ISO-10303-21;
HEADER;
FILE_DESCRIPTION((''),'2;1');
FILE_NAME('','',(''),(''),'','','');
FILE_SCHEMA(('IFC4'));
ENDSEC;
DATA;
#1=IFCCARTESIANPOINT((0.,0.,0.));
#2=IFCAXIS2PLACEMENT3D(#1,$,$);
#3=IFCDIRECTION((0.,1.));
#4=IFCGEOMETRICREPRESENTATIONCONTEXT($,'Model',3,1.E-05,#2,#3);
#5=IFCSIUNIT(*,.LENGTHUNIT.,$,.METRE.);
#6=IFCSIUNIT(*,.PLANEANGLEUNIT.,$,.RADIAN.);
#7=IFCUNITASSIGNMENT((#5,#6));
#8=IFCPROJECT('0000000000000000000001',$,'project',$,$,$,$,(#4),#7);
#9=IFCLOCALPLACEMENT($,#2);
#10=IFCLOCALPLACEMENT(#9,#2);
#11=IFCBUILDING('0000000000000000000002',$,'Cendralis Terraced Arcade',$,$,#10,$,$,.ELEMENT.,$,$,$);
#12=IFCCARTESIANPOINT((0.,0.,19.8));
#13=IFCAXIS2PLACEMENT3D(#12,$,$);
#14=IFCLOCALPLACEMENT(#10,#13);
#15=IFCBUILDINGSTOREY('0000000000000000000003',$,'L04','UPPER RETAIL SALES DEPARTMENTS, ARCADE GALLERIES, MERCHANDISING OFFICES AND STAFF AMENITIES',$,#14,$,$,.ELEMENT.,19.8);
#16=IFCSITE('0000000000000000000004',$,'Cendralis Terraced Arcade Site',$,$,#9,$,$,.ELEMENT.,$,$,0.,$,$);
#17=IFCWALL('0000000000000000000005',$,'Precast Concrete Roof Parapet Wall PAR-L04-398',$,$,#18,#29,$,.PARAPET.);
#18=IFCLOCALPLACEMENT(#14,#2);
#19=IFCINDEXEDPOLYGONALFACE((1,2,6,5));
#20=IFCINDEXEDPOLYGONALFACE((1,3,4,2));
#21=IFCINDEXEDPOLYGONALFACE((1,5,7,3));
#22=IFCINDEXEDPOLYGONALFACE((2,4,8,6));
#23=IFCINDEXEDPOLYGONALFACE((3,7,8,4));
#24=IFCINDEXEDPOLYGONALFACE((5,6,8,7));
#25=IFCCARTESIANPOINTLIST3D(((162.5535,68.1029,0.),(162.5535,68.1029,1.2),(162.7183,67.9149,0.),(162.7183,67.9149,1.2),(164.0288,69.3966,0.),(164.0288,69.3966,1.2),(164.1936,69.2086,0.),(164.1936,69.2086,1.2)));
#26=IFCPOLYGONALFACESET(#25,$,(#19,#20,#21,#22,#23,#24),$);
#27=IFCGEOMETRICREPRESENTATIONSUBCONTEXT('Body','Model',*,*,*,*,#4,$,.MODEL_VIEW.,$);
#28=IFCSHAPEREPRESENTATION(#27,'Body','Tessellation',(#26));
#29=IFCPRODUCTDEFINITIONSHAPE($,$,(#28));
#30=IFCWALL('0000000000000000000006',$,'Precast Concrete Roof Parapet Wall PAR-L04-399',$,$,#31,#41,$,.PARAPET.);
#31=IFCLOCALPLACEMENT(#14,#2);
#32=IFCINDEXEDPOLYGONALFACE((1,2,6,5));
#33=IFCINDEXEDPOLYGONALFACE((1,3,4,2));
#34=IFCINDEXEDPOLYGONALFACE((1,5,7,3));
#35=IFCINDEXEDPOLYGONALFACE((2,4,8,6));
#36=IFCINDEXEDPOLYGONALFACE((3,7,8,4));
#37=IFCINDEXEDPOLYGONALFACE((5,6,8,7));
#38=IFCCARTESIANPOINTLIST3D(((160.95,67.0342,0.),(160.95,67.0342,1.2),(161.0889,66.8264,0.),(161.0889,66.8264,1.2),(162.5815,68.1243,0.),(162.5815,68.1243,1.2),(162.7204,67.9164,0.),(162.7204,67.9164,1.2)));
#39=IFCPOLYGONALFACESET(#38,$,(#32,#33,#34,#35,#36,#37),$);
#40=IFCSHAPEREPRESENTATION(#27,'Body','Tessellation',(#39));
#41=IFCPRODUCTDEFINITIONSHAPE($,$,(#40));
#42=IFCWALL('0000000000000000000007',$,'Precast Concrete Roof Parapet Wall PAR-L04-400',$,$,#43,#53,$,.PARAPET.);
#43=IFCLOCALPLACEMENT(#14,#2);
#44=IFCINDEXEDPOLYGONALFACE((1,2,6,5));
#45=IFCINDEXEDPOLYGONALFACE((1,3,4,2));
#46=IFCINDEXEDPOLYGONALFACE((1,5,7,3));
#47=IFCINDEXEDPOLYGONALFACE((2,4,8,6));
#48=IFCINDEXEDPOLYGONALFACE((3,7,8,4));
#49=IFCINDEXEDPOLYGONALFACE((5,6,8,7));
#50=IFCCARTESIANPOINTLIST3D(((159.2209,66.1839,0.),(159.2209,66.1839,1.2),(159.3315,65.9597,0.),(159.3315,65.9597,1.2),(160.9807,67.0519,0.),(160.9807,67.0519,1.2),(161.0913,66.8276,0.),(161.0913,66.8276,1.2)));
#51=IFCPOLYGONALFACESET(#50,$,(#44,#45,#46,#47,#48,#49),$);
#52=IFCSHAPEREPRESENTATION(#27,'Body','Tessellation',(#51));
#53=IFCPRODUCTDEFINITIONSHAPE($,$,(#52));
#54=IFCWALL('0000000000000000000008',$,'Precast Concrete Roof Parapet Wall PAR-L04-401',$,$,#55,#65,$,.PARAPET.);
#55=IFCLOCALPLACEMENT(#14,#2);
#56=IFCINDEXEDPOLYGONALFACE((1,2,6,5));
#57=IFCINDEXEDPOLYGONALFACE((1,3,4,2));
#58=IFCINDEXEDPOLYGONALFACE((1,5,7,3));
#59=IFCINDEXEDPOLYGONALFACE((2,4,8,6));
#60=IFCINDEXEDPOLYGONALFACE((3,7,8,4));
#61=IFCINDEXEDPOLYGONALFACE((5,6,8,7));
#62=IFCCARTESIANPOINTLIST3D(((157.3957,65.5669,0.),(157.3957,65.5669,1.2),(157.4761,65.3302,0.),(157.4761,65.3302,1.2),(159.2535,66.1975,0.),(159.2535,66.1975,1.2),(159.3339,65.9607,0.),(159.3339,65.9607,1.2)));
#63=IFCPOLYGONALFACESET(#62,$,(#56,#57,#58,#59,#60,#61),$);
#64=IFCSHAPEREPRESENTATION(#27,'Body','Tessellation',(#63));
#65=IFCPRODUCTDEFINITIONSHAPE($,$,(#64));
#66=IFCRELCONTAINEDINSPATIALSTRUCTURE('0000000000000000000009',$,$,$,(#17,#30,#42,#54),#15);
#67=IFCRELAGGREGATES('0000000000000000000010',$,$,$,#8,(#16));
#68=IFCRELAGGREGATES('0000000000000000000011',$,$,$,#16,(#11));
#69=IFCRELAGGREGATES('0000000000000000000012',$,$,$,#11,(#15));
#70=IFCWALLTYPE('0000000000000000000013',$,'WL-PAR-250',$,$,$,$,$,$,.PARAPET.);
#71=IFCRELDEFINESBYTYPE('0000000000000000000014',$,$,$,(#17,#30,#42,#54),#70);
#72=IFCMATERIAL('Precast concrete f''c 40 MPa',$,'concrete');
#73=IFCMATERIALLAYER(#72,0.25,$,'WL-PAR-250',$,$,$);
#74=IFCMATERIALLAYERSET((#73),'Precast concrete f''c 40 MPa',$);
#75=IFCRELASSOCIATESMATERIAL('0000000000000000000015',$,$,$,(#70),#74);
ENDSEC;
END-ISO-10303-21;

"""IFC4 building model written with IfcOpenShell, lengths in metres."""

from ifc_helpers import new_model, si_unit, direction, frame, frame_2d, origin, place, context, subcontext, project, spatial, rectangle, extrude, material, layer, layer_set, type_object, element, save


model = new_model("IFC4")

# Units and contexts
model_context = context("Model", 3, precision=1e-05, world=origin(), true_north=direction((0.0, 1.0)))
body_context = subcontext(model_context, "Body", "Model", "MODEL_VIEW")
ifc_project = project(units=[si_unit("LENGTHUNIT", "METRE"), si_unit("PLANEANGLEUNIT", "RADIAN")], contexts=[model_context])

# Site, building, storey
site_placement = place(None, origin())
site = spatial("IfcSite", under=ifc_project, at=site_placement, Name="Cendralis Terraced Arcade Site", CompositionType="ELEMENT", RefElevation=0.0)
building_placement = place(site_placement, origin())
building = spatial("IfcBuilding", under=site, at=building_placement, Name="Cendralis Terraced Arcade", CompositionType="ELEMENT")
storey_placement = place(building_placement, frame((0.0, 0.0, 19.8)))
storey = spatial("IfcBuildingStorey", under=building, at=storey_placement, Name="L04", Description="UPPER RETAIL SALES DEPARTMENTS, ARCADE GALLERIES, MERCHANDISING OFFICES AND STAFF AMENITIES", CompositionType="ELEMENT", Elevation=19.8)

# Walls
ifc_material_1 = material(Name="Precast concrete f'c 40 MPa", Category="concrete")
ifc_layer_1 = layer(ifc_material_1, 0.25, Name="WL-PAR-250")
ifc_layer_set_1 = layer_set([ifc_layer_1], Name="Precast concrete f'c 40 MPa")
wall_type = type_object("IfcWallType", Name="WL-PAR-250", PredefinedType="PARAPET", material=ifc_layer_set_1)
for number, where, z_axis, x_axis, name in (
    (1, (164.1111, 69.3025, 0.0), (0.0, 0.0, 1.0), (-0.751875, -0.659306, 0.0), "Precast Concrete Roof Parapet Wall PAR-L04-398"),
    (2, (162.6509, 68.0203, 0.0), (0.0, 0.0, 1.0), (-0.831495, -0.555533, 0.0), "Precast Concrete Roof Parapet Wall PAR-L04-399"),
    (3, (161.0359, 66.9397, 0.0), (0.0, 0.0, 1.0), (-0.896853, -0.44233, 0.0), "Precast Concrete Roof Parapet Wall PAR-L04-400"),
):
    element("IfcWall", number, at=place(storey_placement, frame(where, z_axis=z_axis, x_axis=x_axis)), inside=storey, type_object=wall_type, Name=name, PredefinedType="PARAPET", context=body_context, shape_type="SweptSolid", body=[
        extrude(rectangle(XDim=1.9622, YDim=0.25, at=frame_2d((0.981, 0.0))), origin(), (0.0, 0.0, 1.0), 1.2),
    ])
wall_1_placement = place(storey_placement, frame((159.2937, 66.0791, 0.0), z_axis=(0.0, 0.0, 1.0), x_axis=(-0.946939, -0.321412, 0.0)))
element("IfcWall", 4, at=wall_1_placement, inside=storey, type_object=wall_type, Name="Precast Concrete Roof Parapet Wall PAR-L04-401", PredefinedType="PARAPET", context=body_context, shape_type="SweptSolid", body=[
    extrude(rectangle(XDim=1.9619, YDim=0.25, at=frame_2d((0.981, 0.0))), origin(), (0.0, 0.0, 1.0), 1.2),
])

save(model, "model.ifc")
